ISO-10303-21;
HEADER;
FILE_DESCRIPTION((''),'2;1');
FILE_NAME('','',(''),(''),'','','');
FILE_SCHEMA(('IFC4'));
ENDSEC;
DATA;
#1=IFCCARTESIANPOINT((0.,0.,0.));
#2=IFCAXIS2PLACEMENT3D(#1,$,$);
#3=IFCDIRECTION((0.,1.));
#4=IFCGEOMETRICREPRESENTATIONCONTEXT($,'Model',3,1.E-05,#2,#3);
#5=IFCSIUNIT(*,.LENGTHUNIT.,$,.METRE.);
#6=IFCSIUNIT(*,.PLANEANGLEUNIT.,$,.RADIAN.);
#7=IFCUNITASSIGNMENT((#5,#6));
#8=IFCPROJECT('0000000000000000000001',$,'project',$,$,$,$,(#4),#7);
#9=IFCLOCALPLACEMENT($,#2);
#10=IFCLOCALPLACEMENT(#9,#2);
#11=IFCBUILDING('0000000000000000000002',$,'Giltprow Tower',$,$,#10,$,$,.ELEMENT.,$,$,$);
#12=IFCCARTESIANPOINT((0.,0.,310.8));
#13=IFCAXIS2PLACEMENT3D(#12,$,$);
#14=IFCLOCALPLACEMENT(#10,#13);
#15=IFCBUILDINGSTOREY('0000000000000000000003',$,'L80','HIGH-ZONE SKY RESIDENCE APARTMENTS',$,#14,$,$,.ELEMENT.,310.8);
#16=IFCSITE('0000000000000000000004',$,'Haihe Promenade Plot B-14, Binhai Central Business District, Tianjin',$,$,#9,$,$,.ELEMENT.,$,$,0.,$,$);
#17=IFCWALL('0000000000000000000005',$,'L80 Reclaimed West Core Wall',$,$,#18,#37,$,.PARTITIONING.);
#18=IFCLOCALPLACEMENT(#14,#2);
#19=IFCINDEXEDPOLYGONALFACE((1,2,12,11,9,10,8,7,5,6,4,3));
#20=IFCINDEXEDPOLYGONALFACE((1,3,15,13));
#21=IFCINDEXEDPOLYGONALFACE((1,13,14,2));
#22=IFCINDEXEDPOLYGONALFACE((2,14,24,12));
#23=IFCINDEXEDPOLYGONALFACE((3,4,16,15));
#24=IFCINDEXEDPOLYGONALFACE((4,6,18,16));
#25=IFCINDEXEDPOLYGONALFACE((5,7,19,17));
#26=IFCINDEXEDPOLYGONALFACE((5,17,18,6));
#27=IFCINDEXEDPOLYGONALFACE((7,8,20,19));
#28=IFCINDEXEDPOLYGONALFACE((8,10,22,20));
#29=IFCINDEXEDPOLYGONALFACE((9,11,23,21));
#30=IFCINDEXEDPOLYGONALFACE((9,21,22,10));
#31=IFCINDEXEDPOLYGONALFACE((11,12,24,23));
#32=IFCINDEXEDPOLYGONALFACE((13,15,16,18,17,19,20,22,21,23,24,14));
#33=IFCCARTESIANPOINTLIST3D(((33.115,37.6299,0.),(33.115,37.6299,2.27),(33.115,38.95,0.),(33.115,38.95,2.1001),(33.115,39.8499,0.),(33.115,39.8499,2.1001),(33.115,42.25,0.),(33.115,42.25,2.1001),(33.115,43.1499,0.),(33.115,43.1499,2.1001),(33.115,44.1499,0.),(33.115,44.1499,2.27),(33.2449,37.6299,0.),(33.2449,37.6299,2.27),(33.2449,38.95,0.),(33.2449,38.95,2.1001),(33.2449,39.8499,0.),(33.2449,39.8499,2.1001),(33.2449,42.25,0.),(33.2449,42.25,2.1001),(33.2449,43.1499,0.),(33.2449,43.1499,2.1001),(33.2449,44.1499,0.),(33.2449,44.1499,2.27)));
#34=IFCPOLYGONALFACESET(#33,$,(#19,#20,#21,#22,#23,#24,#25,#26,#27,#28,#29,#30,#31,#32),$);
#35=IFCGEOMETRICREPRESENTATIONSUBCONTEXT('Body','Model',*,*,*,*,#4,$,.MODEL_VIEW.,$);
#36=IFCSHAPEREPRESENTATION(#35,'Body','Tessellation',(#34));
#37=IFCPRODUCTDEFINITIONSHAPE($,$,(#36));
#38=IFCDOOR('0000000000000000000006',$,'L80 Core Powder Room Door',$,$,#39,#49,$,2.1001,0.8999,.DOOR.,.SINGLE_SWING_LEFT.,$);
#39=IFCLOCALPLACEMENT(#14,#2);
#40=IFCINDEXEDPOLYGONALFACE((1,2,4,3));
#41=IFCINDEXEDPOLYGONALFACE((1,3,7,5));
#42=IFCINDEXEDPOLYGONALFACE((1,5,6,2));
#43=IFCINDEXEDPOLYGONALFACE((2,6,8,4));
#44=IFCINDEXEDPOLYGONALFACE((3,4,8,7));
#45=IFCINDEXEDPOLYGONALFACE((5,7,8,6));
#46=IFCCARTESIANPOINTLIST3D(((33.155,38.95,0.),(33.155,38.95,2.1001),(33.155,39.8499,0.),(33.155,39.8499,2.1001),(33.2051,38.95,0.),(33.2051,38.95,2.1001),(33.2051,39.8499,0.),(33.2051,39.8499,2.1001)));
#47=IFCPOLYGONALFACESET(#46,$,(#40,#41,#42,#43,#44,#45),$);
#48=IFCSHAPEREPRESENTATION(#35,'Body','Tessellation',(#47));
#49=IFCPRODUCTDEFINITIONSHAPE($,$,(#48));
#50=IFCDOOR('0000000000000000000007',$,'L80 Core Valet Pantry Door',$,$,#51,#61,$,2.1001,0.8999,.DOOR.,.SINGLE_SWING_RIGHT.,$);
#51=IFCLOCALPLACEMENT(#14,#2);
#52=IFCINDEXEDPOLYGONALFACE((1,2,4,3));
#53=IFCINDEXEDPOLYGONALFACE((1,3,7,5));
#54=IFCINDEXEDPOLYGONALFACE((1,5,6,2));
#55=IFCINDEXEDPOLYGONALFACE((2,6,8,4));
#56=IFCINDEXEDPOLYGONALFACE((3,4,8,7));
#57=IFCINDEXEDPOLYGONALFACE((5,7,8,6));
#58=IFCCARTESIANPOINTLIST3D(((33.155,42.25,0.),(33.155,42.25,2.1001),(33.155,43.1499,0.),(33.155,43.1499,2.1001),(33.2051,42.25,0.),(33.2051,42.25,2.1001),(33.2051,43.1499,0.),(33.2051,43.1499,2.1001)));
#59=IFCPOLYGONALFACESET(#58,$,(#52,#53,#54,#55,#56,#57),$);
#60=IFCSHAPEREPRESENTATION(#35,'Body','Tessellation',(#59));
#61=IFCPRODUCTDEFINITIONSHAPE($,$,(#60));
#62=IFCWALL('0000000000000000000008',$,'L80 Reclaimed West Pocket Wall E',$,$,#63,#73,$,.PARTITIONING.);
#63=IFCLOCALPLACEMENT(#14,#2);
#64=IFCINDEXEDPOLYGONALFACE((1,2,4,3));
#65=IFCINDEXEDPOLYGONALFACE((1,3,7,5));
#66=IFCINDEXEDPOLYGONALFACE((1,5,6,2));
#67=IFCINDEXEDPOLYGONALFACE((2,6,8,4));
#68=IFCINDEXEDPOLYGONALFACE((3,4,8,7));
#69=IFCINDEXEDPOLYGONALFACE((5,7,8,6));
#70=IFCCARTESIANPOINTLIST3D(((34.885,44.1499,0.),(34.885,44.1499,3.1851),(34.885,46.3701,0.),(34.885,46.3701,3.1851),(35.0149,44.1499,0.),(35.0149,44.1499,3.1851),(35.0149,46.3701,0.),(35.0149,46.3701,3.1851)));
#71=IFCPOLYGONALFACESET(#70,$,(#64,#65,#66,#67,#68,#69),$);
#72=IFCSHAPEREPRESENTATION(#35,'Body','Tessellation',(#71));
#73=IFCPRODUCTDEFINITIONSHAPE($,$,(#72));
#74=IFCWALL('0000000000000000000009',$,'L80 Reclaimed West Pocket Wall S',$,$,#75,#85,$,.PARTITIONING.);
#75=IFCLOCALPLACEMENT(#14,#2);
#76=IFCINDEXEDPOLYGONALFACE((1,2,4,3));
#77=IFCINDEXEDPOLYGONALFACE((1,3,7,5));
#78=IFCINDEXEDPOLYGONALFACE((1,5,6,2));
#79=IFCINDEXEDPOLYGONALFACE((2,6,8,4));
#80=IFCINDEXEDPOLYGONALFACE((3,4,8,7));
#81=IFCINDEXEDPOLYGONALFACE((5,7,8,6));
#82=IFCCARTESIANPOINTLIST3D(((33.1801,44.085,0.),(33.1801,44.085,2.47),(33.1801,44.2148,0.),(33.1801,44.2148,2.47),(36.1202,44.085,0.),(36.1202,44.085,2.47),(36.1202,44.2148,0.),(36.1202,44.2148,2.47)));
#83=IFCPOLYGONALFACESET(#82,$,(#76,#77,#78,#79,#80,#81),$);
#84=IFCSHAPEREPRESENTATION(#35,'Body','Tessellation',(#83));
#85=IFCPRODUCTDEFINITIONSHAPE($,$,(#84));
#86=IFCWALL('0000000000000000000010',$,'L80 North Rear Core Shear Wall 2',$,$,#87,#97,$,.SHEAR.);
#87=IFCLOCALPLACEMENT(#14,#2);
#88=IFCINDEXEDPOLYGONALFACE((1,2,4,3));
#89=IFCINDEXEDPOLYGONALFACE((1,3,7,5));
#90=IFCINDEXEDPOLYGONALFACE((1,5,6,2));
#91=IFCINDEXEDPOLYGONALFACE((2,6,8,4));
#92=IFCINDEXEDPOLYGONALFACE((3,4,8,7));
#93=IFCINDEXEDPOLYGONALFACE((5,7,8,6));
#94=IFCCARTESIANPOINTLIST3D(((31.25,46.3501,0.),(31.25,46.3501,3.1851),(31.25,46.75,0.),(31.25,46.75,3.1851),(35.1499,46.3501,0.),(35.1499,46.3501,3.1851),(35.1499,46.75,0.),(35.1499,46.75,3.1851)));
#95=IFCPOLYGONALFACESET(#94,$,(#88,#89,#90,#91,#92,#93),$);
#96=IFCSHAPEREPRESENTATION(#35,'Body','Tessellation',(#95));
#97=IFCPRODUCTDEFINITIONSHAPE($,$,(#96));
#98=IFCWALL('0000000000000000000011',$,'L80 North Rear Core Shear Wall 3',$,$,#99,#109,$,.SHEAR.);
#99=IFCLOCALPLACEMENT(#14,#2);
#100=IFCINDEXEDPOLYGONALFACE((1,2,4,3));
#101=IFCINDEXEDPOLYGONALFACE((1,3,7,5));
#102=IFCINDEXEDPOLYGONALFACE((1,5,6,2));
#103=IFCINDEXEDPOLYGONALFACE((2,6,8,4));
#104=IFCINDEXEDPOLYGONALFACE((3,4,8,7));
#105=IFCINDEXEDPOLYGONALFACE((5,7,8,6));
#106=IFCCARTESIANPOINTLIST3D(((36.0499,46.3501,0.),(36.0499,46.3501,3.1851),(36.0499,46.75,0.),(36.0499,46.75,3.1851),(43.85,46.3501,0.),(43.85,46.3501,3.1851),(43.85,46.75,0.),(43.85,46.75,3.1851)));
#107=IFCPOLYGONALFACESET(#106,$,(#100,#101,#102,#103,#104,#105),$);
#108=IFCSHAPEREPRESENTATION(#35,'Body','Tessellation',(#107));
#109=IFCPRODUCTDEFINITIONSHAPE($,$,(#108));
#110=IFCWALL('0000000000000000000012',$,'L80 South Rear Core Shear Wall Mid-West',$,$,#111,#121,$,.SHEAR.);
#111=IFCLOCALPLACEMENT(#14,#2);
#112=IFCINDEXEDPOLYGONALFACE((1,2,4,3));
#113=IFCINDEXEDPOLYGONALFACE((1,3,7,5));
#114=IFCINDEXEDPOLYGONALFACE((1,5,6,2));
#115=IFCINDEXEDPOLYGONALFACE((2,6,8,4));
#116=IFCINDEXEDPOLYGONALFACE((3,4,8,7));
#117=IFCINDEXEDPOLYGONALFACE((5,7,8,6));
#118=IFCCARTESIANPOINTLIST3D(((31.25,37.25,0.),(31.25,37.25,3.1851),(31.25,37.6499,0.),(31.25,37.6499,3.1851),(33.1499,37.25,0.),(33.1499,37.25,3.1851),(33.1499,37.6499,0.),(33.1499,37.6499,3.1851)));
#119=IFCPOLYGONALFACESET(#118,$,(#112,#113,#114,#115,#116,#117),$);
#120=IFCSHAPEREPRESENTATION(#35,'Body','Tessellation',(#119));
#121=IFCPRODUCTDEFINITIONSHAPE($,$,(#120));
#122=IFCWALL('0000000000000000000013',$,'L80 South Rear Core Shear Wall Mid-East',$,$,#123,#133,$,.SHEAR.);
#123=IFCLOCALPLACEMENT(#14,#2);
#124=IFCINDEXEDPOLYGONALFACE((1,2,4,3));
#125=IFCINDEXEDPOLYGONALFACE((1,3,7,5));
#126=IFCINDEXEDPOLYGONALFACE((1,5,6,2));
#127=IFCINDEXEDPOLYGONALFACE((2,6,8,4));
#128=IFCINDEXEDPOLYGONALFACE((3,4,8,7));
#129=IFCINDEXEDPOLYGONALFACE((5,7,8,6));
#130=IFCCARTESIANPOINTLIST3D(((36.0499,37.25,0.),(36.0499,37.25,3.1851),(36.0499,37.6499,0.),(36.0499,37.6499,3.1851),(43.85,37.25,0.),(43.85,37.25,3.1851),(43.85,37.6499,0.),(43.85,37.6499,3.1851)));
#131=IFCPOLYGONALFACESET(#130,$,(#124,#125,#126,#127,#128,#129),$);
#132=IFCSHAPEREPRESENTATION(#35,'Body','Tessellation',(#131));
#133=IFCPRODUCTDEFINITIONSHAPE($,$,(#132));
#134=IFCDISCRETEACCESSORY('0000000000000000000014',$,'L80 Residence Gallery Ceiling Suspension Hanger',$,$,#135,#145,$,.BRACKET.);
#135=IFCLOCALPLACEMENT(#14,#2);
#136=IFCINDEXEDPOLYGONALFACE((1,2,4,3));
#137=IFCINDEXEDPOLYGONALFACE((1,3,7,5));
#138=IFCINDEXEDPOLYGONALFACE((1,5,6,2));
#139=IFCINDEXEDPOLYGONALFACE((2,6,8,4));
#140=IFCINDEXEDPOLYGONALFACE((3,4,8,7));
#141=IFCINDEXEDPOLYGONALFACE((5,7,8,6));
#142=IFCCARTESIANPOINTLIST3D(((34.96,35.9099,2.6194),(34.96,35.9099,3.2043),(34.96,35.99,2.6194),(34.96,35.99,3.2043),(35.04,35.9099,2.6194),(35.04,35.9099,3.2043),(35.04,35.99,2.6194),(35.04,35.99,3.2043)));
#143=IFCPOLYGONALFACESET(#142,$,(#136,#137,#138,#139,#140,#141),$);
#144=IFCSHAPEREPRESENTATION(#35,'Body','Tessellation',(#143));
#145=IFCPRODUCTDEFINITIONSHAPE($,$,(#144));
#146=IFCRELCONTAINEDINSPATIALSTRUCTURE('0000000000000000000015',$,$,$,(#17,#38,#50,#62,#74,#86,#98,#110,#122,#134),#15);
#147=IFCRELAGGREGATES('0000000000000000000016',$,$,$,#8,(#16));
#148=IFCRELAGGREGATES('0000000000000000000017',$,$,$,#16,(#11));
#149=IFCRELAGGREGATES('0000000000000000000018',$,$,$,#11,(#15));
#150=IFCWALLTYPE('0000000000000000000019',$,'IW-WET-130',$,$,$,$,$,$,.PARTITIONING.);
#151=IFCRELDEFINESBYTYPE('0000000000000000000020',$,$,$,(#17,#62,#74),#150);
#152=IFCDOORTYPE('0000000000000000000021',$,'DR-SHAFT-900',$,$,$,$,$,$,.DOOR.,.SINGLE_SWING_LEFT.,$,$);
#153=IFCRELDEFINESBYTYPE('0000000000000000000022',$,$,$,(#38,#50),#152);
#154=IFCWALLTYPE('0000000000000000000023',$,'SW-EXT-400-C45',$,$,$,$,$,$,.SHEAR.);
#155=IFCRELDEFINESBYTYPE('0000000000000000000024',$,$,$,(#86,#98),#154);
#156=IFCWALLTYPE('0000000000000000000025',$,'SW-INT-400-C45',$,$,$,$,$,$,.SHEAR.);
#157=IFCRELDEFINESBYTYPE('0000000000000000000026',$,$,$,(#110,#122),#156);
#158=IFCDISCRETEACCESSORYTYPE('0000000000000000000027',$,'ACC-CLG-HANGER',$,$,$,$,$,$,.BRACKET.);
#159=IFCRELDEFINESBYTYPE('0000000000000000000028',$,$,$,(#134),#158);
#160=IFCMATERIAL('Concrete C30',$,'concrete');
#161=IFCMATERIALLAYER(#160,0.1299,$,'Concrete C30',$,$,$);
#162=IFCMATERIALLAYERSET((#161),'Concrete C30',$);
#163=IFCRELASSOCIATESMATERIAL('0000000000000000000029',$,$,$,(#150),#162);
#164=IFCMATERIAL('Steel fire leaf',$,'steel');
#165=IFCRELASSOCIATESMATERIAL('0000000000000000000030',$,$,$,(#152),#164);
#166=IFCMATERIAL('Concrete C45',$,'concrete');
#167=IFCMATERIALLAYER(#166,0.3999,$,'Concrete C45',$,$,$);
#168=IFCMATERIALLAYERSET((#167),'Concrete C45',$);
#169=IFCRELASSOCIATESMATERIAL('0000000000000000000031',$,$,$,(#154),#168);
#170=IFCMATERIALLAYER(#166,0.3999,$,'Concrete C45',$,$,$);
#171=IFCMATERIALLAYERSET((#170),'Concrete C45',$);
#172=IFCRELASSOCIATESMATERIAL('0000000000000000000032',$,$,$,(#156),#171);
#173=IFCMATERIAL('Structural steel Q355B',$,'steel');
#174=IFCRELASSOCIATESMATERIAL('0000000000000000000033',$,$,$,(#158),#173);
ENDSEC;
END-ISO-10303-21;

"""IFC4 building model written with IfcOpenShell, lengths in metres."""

from ifc_helpers import new_model, si_unit, direction, frame, frame_2d, origin, origin_2d, place, context, subcontext, project, spatial, rectangle, extrude, source, transform, mapped, material, layer, layer_set, type_object, element, fill, save


model = new_model("IFC4")

# Units and contexts
model_context = context("Model", 3, precision=1e-05, world=origin(), true_north=direction((0.0, 1.0)))
body_context = subcontext(model_context, "Body", "Model", "MODEL_VIEW")
ifc_project = project(units=[si_unit("LENGTHUNIT", "METRE"), si_unit("PLANEANGLEUNIT", "RADIAN")], contexts=[model_context])

# Site, building, storey
site_placement = place(None, origin())
site = spatial("IfcSite", under=ifc_project, at=site_placement, Name="Haihe Promenade Plot B-14, Binhai Central Business District, Tianjin", CompositionType="ELEMENT", RefElevation=0.0)
building_placement = place(site_placement, origin())
building = spatial("IfcBuilding", under=site, at=building_placement, Name="Giltprow Tower", CompositionType="ELEMENT")
storey_placement = place(building_placement, frame((0.0, 0.0, 310.8)))
storey = spatial("IfcBuildingStorey", under=building, at=storey_placement, Name="L80", Description="HIGH-ZONE SKY RESIDENCE APARTMENTS", CompositionType="ELEMENT", Elevation=310.8)

# Shared definitions
ifc_material_1 = material(Name="Concrete C45", Category="concrete")

# Shared definitions
ifc_material_2 = material(Name="Structural steel Q355B", Category="steel")

# Wall, openings, doors
ifc_material_3 = material(Name="Concrete C30", Category="concrete")
ifc_layer_1 = layer(ifc_material_3, 0.1299, Name="Concrete C30")
ifc_layer_set_1 = layer_set([ifc_layer_1], Name="Concrete C30")
wall_type_1 = type_object("IfcWallType", Name="IW-WET-130", PredefinedType="PARTITIONING", material=ifc_layer_set_1)
wall_1_placement = place(storey_placement, frame((33.1799, 37.6299, 0.0), z_axis=(0.0, 0.0, 1.0), x_axis=(0.0, 1.0, 0.0)))
wall_1 = element("IfcWall", 1, at=wall_1_placement, inside=storey, type_object=wall_type_1, Name="L80 Reclaimed West Core Wall", PredefinedType="PARTITIONING", context=body_context, shape_type="SweptSolid", body=[
    extrude(rectangle(XDim=6.52, YDim=0.1299, at=frame_2d((3.26, 0.0))), origin(), (0.0, 0.0, 1.0), 2.27),
])
opening_1_placement = place(wall_1_placement, frame((1.3201, 0.0, 0.0)))
opening_1 = element("IfcOpeningElement", 2, at=opening_1_placement, cuts=wall_1, PredefinedType="OPENING", context=body_context, shape_type="SweptSolid", body=[
    extrude(rectangle(XDim=0.8999, YDim=2.1001, at=frame_2d((0.45, 1.05))), frame((0.0, 0.075, 0.0), z_axis=(0.0, -1.0, 0.0), x_axis=(1.0, 0.0, 0.0)), (0.0, 0.0, 1.0), 0.1499),
])
opening_2_placement = place(wall_1_placement, frame((4.6201, 0.0, 0.0)))
opening_2 = element("IfcOpeningElement", 3, at=opening_2_placement, cuts=wall_1, PredefinedType="OPENING", context=body_context, shape_type="SweptSolid", body=[
    extrude(rectangle(XDim=0.8999, YDim=2.1001, at=frame_2d((0.45, 1.05))), frame((0.0, 0.075, 0.0), z_axis=(0.0, -1.0, 0.0), x_axis=(1.0, 0.0, 0.0)), (0.0, 0.0, 1.0), 0.1499),
])
ifc_material_4 = material(Name="Steel fire leaf", Category="steel")
door_type_1 = type_object("IfcDoorType", Name="DR-SHAFT-900", OperationType="SINGLE_SWING_LEFT", PredefinedType="DOOR", material=ifc_material_4)
shared_shape_1 = source(origin(), body_context, "Body", "SweptSolid", [
    extrude(rectangle(XDim=0.8999, YDim=2.1001, at=frame_2d((0.45, 1.05))), frame((0.0, 0.0249, 0.0), z_axis=(0.0, -1.0, 0.0), x_axis=(1.0, 0.0, 0.0)), (0.0, 0.0, 1.0), 0.05),
])
door_1_placement = place(opening_1_placement, origin())
door_1 = element("IfcDoor", 4, at=door_1_placement, inside=storey, type_object=door_type_1, Name="L80 Core Powder Room Door", OperationType="SINGLE_SWING_LEFT", OverallHeight=2.1001, OverallWidth=0.8999, PredefinedType="DOOR", context=body_context, shape_type="MappedRepresentation", body=[
    mapped(shared_shape_1, transform((0.0, 0.0, 0.0), x_axis=(1.0, 0.0, 0.0), y_axis=(0.0, 1.0, 0.0), z_axis=(0.0, 0.0, 1.0), scale=1.0)),
])
fill(opening_1, door_1)
door_2_placement = place(opening_2_placement, origin())
door_2 = element("IfcDoor", 5, at=door_2_placement, inside=storey, type_object=door_type_1, Name="L80 Core Valet Pantry Door", OperationType="SINGLE_SWING_RIGHT", OverallHeight=2.1001, OverallWidth=0.8999, PredefinedType="DOOR", context=body_context, shape_type="MappedRepresentation", body=[
    mapped(shared_shape_1, transform((0.0, 0.0, 0.0), x_axis=(1.0, 0.0, 0.0), y_axis=(0.0, 1.0, 0.0), z_axis=(0.0, 0.0, 1.0), scale=1.0)),
])
fill(opening_2, door_2)

# Walls
wall_2_placement = place(storey_placement, frame((34.95, 44.1499, 0.0), z_axis=(0.0, 0.0, 1.0), x_axis=(0.0, 1.0, 0.0)))
element("IfcWall", 6, at=wall_2_placement, inside=storey, type_object=wall_type_1, Name="L80 Reclaimed West Pocket Wall E", PredefinedType="PARTITIONING", context=body_context, shape_type="SweptSolid", body=[
    extrude(rectangle(XDim=2.2202, YDim=0.1299, at=frame_2d((1.1101, 0.0))), origin(), (0.0, 0.0, 1.0), 3.1851),
])
wall_3_placement = place(storey_placement, frame((33.1799, 44.1499, 0.0), z_axis=(0.0, 0.0, 1.0), x_axis=(1.0, 0.0, 0.0)))
element("IfcWall", 7, at=wall_3_placement, inside=storey, type_object=wall_type_1, Name="L80 Reclaimed West Pocket Wall S", PredefinedType="PARTITIONING", context=body_context, shape_type="SweptSolid", body=[
    extrude(rectangle(XDim=2.9402, YDim=0.1299, at=frame_2d((1.4702, 0.0))), origin(), (0.0, 0.0, 1.0), 2.47),
])
ifc_layer_2 = layer(ifc_material_1, 0.3999, Name="Concrete C45")
ifc_layer_set_2 = layer_set([ifc_layer_2], Name="Concrete C45")
wall_type_2 = type_object("IfcWallType", Name="SW-EXT-400-C45", PredefinedType="SHEAR", material=ifc_layer_set_2)
wall_4_placement = place(storey_placement, frame((31.25, 46.55, 0.0), z_axis=(0.0, 0.0, 1.0), x_axis=(1.0, 0.0, 0.0)))
element("IfcWall", 8, at=wall_4_placement, inside=storey, type_object=wall_type_2, Name="L80 North Rear Core Shear Wall 2", PredefinedType="SHEAR", context=body_context, shape_type="SweptSolid", body=[
    extrude(rectangle(XDim=3.8999, YDim=0.3999, at=frame_2d((1.95, 0.0))), origin(), (0.0, 0.0, 1.0), 3.1851),
])
wall_5_placement = place(storey_placement, frame((36.05, 46.55, 0.0), z_axis=(0.0, 0.0, 1.0), x_axis=(1.0, 0.0, 0.0)))
element("IfcWall", 9, at=wall_5_placement, inside=storey, type_object=wall_type_2, Name="L80 North Rear Core Shear Wall 3", PredefinedType="SHEAR", context=body_context, shape_type="SweptSolid", body=[
    extrude(rectangle(XDim=7.8, YDim=0.3999, at=frame_2d((3.8999, 0.0))), origin(), (0.0, 0.0, 1.0), 3.1851),
])
ifc_layer_3 = layer(ifc_material_1, 0.3999, Name="Concrete C45")
ifc_layer_set_3 = layer_set([ifc_layer_3], Name="Concrete C45")
wall_type_3 = type_object("IfcWallType", Name="SW-INT-400-C45", PredefinedType="SHEAR", material=ifc_layer_set_3)
wall_6_placement = place(storey_placement, frame((31.25, 37.45, 0.0), z_axis=(0.0, 0.0, 1.0), x_axis=(1.0, 0.0, 0.0)))
element("IfcWall", 10, at=wall_6_placement, inside=storey, type_object=wall_type_3, Name="L80 South Rear Core Shear Wall Mid-West", PredefinedType="SHEAR", context=body_context, shape_type="SweptSolid", body=[
    extrude(rectangle(XDim=1.8999, YDim=0.3999, at=frame_2d((0.95, 0.0))), origin(), (0.0, 0.0, 1.0), 3.1851),
])
wall_7_placement = place(storey_placement, frame((36.05, 37.45, 0.0), z_axis=(0.0, 0.0, 1.0), x_axis=(1.0, 0.0, 0.0)))
element("IfcWall", 11, at=wall_7_placement, inside=storey, type_object=wall_type_3, Name="L80 South Rear Core Shear Wall Mid-East", PredefinedType="SHEAR", context=body_context, shape_type="SweptSolid", body=[
    extrude(rectangle(XDim=7.8, YDim=0.3999, at=frame_2d((3.8999, 0.0))), origin(), (0.0, 0.0, 1.0), 3.1851),
])

# Discrete accessory
discrete_accessory_type = type_object("IfcDiscreteAccessoryType", Name="ACC-CLG-HANGER", PredefinedType="BRACKET", material=ifc_material_2)
shared_shape_2 = source(origin(), body_context, "Body", "SweptSolid", [
    extrude(rectangle(XDim=0.0801, YDim=0.0801, at=origin_2d()), origin(), (0.0, 0.0, 1.0), 0.585),
])
discrete_accessory_placement = place(storey_placement, frame((35.0, 35.95, 2.6194), z_axis=(0.0, 0.0, 1.0), x_axis=(1.0, 0.0, 0.0)))
element("IfcDiscreteAccessory", 12, at=discrete_accessory_placement, inside=storey, type_object=discrete_accessory_type, Name="L80 Residence Gallery Ceiling Suspension Hanger", PredefinedType="BRACKET", context=body_context, shape_type="MappedRepresentation", body=[
    mapped(shared_shape_2, transform((0.0, 0.0, 0.0), x_axis=(1.0, 0.0, 0.0), y_axis=(0.0, 1.0, 0.0), z_axis=(0.0, 0.0, 1.0), scale=1.0)),
])

save(model, "model.ifc")
